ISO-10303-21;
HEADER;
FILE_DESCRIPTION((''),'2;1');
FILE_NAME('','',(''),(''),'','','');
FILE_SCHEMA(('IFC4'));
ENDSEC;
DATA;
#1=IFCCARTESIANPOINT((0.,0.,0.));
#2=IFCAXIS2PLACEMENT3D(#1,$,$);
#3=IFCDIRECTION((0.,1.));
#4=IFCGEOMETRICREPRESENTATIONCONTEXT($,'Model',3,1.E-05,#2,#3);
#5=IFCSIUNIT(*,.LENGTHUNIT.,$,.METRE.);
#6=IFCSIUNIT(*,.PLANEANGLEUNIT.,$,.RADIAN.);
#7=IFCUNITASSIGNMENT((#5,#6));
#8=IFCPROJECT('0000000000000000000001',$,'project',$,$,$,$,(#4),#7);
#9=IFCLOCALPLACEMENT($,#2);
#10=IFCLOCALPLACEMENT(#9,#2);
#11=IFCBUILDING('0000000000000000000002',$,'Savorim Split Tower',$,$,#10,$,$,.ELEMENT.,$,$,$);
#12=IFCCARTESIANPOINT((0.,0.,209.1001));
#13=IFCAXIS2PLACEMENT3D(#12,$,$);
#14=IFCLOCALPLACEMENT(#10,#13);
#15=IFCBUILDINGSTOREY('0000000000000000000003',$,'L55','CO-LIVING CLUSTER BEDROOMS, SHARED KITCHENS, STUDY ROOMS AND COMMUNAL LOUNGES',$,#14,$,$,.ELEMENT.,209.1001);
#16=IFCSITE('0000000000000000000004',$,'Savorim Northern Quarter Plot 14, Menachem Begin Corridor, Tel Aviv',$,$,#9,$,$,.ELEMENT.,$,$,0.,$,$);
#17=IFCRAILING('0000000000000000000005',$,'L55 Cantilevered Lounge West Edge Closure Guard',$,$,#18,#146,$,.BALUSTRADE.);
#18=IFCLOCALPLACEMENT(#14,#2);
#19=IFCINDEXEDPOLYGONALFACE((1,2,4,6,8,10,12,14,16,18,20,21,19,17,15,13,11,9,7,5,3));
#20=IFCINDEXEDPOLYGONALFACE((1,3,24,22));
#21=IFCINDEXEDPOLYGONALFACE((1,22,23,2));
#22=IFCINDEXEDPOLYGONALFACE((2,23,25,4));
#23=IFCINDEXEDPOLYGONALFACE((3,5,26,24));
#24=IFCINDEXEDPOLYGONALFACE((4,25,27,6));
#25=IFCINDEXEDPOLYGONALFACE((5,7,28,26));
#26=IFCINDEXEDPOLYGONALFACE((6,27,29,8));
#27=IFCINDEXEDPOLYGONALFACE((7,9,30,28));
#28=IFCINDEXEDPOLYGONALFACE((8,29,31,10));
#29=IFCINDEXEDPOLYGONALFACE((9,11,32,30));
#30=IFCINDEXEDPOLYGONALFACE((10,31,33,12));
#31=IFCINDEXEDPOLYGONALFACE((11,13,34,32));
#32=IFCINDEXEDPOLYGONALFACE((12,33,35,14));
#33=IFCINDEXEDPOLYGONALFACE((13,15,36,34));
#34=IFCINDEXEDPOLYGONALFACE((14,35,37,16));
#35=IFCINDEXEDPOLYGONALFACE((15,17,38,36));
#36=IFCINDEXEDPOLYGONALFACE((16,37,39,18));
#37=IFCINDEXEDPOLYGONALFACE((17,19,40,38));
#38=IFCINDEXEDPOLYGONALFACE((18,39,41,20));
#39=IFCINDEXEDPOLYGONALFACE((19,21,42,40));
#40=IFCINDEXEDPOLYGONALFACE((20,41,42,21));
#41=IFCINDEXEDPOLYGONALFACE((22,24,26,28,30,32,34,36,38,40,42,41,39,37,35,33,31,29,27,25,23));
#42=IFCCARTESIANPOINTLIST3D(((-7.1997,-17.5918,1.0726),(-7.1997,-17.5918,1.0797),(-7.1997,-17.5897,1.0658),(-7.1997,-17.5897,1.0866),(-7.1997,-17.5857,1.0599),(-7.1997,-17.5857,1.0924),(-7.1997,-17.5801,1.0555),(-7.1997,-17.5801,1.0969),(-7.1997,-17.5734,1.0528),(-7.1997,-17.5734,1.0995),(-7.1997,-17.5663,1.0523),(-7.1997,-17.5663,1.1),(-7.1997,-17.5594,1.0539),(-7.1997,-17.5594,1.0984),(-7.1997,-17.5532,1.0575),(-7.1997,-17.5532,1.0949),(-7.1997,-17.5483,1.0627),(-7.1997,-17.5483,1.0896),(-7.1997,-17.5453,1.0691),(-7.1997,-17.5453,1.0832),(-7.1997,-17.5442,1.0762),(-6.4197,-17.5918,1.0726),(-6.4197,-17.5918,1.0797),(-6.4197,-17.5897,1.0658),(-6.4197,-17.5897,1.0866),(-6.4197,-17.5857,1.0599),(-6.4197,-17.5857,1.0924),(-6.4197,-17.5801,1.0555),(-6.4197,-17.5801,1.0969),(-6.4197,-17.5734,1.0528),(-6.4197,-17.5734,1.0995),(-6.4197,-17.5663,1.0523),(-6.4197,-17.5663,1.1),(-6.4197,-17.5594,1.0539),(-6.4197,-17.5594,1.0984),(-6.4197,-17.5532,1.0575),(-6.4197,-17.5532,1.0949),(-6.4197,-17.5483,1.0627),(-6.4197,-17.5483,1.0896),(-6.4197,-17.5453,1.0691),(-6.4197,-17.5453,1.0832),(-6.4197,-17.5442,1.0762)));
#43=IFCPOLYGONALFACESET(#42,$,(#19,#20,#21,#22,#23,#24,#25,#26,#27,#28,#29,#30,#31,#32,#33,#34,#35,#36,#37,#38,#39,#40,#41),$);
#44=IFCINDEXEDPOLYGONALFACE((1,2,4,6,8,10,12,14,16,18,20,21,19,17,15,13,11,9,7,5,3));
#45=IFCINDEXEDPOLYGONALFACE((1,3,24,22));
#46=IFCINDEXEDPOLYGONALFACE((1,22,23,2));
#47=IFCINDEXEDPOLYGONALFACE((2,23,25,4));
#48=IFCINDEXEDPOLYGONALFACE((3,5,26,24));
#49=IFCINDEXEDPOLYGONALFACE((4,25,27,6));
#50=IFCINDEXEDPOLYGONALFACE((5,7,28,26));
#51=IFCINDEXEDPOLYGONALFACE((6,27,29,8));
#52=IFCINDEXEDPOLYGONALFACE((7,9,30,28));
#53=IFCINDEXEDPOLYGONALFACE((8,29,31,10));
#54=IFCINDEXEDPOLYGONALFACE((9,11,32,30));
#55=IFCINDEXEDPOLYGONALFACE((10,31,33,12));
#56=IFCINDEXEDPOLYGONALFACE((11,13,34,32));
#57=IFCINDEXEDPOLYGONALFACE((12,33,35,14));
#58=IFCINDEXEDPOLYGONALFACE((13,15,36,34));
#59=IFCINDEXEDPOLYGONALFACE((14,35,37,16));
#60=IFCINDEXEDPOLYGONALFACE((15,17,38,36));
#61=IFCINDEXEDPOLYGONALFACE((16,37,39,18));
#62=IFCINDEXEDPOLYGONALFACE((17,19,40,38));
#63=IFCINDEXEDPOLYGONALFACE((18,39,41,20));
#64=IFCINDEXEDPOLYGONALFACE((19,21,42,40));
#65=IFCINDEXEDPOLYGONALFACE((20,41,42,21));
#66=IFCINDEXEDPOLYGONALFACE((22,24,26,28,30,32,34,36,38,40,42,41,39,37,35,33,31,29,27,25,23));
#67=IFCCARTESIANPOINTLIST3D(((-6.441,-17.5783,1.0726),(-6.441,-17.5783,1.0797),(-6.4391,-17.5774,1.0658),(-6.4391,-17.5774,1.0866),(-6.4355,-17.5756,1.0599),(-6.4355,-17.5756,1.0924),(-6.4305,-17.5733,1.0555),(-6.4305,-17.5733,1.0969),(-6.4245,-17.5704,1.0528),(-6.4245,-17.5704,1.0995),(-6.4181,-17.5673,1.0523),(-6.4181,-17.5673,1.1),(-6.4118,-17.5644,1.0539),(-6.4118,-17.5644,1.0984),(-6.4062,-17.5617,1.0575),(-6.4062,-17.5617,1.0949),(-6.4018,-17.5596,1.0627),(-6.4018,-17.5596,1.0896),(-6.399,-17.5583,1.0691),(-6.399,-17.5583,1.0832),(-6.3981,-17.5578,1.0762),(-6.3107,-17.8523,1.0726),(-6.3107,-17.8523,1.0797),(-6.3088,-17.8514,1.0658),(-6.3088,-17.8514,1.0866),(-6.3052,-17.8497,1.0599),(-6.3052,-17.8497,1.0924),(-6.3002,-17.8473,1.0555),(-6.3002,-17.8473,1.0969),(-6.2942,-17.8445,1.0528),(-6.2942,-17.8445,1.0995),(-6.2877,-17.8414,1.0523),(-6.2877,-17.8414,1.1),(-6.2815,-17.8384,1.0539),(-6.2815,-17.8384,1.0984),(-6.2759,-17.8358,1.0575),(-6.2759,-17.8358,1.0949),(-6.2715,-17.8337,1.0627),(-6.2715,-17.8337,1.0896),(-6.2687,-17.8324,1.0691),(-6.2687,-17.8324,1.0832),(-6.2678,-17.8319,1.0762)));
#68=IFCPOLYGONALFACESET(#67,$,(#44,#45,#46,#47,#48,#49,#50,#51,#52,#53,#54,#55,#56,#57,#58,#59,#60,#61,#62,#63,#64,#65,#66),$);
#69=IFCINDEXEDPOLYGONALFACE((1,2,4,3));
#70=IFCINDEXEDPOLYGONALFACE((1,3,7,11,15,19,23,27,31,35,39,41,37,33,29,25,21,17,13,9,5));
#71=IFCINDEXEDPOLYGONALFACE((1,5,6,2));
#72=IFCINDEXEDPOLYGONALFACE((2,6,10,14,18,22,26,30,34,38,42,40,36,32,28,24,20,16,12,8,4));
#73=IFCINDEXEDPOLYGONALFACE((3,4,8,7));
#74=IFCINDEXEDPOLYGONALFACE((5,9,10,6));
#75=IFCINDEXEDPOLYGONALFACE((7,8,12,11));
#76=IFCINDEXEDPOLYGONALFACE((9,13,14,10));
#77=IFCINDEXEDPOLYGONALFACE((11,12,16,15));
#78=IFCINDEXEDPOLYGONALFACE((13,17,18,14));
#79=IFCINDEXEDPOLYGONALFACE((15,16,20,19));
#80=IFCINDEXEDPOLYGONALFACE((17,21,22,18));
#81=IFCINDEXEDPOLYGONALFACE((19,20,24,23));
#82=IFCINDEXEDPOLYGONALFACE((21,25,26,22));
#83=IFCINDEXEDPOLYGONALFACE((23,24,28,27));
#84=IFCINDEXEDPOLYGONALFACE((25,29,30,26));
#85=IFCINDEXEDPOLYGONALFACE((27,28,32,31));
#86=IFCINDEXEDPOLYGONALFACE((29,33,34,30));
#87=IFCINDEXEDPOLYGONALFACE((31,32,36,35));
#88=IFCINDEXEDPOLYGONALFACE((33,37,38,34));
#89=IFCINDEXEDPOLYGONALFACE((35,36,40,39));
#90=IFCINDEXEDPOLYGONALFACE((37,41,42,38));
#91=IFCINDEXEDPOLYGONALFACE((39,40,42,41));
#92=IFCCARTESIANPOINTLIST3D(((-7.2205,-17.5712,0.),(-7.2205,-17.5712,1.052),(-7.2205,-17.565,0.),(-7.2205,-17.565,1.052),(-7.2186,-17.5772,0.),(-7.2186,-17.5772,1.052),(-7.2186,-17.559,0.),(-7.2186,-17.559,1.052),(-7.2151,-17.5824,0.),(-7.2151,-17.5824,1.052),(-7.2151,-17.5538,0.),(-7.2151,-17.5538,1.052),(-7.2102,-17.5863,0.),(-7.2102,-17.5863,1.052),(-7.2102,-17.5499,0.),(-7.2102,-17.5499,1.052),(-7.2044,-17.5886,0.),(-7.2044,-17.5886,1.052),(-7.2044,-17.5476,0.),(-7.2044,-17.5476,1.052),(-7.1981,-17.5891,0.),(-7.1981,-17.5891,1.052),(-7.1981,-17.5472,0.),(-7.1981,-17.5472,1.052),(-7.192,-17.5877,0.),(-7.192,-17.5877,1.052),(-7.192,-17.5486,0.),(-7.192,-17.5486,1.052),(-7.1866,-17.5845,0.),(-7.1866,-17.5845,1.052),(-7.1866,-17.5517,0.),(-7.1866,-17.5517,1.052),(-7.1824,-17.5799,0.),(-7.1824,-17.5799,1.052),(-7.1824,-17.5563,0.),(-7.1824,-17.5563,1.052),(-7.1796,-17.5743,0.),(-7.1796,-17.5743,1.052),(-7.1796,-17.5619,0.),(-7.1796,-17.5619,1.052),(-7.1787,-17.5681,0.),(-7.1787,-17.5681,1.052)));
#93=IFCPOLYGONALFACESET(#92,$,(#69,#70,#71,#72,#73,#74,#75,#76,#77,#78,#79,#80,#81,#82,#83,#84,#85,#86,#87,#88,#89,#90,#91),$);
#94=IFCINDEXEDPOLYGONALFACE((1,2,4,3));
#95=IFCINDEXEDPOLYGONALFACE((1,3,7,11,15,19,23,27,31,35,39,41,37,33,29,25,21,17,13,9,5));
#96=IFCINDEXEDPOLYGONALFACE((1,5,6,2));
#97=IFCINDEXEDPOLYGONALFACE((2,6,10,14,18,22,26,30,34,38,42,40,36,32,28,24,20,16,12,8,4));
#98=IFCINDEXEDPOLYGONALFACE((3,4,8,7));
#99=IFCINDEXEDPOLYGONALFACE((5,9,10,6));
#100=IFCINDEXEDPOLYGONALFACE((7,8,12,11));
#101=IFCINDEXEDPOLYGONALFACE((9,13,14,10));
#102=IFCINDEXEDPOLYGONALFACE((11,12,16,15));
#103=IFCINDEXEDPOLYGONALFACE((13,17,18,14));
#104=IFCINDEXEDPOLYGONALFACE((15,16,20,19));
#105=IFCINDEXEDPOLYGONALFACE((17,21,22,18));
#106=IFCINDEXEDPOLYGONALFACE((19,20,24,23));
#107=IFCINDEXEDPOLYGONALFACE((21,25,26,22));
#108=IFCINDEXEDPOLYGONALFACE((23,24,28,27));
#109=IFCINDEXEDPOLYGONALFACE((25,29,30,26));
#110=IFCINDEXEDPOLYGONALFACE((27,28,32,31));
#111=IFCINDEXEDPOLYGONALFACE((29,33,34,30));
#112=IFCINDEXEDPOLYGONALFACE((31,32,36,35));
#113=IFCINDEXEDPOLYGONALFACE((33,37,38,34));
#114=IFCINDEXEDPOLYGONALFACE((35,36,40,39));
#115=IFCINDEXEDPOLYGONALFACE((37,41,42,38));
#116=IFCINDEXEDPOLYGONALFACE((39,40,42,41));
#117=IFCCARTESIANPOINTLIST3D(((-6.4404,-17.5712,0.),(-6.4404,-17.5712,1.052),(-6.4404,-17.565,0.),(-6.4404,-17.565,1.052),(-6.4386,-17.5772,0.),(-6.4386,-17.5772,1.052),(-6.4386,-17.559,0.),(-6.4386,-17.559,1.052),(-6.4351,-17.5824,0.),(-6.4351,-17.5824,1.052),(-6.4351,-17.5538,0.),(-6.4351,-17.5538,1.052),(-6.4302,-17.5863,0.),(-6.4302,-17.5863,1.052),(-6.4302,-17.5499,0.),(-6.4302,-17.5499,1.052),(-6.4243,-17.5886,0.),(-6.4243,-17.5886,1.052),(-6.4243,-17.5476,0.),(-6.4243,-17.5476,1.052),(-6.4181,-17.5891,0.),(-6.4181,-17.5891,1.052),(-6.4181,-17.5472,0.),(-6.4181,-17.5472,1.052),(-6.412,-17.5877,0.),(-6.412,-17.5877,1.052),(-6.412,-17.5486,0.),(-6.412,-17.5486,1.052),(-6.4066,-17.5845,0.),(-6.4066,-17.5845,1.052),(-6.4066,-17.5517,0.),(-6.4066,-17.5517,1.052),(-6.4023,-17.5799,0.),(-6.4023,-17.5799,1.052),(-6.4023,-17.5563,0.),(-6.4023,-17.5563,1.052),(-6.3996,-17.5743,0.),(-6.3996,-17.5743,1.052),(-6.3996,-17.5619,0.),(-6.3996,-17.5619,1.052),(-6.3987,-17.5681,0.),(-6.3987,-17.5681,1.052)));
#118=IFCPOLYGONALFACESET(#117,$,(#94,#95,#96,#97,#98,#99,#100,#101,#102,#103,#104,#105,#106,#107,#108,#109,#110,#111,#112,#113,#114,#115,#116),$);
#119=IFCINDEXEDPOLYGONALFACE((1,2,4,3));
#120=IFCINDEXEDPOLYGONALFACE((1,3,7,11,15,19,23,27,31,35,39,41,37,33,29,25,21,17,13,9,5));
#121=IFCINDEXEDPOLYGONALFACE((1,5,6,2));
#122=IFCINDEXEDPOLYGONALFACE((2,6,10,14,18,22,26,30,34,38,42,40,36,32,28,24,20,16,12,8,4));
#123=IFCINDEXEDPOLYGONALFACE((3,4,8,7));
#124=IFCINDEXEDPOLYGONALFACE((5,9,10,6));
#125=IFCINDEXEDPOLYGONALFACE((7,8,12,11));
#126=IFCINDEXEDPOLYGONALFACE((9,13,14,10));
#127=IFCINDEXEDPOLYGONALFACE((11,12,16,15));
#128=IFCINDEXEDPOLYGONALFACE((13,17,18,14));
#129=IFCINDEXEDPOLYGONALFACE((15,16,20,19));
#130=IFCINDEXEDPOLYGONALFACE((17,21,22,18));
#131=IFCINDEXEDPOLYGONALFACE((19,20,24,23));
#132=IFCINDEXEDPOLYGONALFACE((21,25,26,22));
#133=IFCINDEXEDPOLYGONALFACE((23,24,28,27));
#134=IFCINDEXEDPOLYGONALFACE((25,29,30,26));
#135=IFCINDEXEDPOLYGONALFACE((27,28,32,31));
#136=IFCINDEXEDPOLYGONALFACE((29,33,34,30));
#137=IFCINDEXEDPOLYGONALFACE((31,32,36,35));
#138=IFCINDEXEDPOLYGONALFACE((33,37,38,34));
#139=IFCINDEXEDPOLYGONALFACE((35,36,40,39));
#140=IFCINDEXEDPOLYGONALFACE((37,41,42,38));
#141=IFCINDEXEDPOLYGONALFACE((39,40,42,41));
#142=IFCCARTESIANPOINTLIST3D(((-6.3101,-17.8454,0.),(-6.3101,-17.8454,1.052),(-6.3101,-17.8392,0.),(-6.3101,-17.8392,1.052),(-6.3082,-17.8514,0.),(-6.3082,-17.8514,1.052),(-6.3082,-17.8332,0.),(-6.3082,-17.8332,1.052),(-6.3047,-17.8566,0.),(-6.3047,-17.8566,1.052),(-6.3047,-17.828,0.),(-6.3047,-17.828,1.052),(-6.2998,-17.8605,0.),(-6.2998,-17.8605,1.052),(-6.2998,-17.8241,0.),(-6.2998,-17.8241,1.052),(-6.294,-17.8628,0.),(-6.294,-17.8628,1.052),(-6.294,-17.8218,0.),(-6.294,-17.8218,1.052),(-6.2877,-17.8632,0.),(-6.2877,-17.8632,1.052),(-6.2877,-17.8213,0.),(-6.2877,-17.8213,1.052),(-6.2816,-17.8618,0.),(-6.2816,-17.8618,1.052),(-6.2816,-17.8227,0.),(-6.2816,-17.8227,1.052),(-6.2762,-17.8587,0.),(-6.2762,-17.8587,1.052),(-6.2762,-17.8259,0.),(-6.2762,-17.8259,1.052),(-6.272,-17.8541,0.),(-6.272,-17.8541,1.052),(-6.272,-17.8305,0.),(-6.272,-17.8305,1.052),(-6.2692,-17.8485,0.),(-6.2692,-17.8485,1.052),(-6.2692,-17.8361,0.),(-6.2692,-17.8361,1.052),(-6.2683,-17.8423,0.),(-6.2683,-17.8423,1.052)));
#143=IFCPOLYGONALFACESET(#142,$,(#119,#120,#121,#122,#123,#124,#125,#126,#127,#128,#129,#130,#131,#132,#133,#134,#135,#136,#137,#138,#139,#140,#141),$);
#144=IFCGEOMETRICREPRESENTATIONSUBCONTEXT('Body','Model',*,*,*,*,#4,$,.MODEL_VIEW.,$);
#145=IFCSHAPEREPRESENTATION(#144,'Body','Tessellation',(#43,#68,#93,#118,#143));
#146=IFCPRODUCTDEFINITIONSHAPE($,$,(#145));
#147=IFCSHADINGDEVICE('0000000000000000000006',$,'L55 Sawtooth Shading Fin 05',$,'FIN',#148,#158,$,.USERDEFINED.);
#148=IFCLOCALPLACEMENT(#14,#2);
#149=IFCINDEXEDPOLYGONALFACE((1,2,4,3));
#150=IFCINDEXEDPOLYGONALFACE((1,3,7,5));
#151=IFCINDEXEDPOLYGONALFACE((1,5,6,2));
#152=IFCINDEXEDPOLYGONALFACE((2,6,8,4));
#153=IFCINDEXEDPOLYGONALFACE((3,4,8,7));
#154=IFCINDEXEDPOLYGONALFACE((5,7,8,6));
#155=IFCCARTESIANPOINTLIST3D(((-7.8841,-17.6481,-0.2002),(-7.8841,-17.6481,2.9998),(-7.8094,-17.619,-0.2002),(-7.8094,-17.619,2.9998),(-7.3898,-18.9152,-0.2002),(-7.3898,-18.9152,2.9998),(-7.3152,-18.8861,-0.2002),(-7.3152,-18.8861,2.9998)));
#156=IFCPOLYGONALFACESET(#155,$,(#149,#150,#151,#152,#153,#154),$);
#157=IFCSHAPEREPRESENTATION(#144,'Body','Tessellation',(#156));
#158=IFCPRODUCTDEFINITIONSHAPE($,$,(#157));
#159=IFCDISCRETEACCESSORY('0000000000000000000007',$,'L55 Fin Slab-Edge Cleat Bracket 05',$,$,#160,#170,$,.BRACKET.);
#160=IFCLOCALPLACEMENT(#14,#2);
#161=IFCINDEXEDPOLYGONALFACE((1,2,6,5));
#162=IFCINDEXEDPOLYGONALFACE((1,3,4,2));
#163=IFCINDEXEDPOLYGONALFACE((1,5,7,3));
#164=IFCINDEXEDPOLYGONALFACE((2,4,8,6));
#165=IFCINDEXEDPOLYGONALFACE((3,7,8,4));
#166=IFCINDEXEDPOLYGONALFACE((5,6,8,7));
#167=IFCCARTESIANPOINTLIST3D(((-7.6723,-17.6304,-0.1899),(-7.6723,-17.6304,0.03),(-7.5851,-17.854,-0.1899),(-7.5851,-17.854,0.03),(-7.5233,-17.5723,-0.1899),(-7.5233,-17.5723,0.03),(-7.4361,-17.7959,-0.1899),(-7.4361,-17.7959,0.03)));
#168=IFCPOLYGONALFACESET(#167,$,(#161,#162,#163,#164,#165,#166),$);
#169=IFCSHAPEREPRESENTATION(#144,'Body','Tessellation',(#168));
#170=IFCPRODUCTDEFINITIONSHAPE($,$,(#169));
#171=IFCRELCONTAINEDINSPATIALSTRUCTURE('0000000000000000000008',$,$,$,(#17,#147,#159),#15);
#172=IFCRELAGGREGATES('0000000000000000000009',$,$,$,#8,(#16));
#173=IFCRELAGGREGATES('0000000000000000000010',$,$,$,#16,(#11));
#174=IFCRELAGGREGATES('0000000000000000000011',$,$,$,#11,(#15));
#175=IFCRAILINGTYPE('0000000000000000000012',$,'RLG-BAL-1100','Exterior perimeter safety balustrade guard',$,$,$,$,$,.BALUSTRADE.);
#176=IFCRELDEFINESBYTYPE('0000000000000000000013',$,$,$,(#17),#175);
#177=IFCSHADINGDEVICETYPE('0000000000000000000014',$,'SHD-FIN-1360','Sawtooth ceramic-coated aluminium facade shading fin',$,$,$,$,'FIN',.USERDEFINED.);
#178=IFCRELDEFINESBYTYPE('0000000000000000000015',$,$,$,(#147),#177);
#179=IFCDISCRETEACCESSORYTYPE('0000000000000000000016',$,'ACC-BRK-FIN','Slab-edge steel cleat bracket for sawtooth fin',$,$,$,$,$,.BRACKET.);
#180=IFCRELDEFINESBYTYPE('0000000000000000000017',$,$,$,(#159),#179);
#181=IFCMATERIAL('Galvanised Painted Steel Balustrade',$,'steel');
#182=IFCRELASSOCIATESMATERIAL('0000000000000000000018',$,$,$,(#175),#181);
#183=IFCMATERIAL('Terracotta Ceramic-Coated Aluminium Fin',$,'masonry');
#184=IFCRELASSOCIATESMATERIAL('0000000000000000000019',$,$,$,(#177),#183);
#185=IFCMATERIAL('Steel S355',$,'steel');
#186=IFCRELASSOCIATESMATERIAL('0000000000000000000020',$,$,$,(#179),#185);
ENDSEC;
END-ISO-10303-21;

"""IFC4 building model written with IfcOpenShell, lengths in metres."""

from ifc_helpers import new_model, si_unit, direction, frame, origin, origin_2d, place, context, subcontext, project, spatial, rectangle, circle, extrude, material, type_object, element, save


model = new_model("IFC4")

# Units and contexts
model_context = context("Model", 3, precision=1e-05, world=origin(), true_north=direction((0.0, 1.0)))
body_context = subcontext(model_context, "Body", "Model", "MODEL_VIEW")
ifc_project = project(units=[si_unit("LENGTHUNIT", "METRE"), si_unit("PLANEANGLEUNIT", "RADIAN")], contexts=[model_context])

# Site, building, storey
site_placement = place(None, origin())
site = spatial("IfcSite", under=ifc_project, at=site_placement, Name="Savorim Northern Quarter Plot 14, Menachem Begin Corridor, Tel Aviv", CompositionType="ELEMENT", RefElevation=0.0)
building_placement = place(site_placement, origin())
building = spatial("IfcBuilding", under=site, at=building_placement, Name="Savorim Split Tower", CompositionType="ELEMENT")
storey_placement = place(building_placement, frame((0.0, 0.0, 209.1001)))
storey = spatial("IfcBuildingStorey", under=building, at=storey_placement, Name="L55", Description="CO-LIVING CLUSTER BEDROOMS, SHARED KITCHENS, STUDY ROOMS AND COMMUNAL LOUNGES", CompositionType="ELEMENT", Elevation=209.1001)

# Shared definitions
ifc_material_1 = material(Name="Steel S355", Category="steel")

# Railing
ifc_material_2 = material(Name="Galvanised Painted Steel Balustrade", Category="steel")
railing_type = type_object("IfcRailingType", Name="RLG-BAL-1100", Description="Exterior perimeter safety balustrade guard", PredefinedType="BALUSTRADE", material=ifc_material_2)
railing_placement = place(storey_placement, frame((-7.1997, -17.5681, 0.0)))
element("IfcRailing", 1, at=railing_placement, inside=storey, type_object=railing_type, Name="L55 Cantilevered Lounge West Edge Closure Guard", PredefinedType="BALUSTRADE", context=body_context, shape_type="SweptSolid", body=[
    extrude(circle(Radius=0.0239, at=origin_2d()), frame((0.0, 0.0, 1.0762), z_axis=(1.0, 0.0, 0.0), x_axis=(0.0, 1.0, 0.0)), (0.0, 0.0, 1.0), 0.78),
    extrude(circle(Radius=0.0239, at=origin_2d()), frame((0.78, 0.0, 1.0762), z_axis=(0.429434, -0.903098, 0.0), x_axis=(0.903098, 0.429434, 0.0)), (0.0, 0.0, 1.0), 0.3035),
    extrude(circle(Radius=0.021, at=origin_2d()), origin(), (0.0, 0.0, 1.0), 1.052),
    extrude(circle(Radius=0.021, at=origin_2d()), frame((0.78, 0.0, 0.0)), (0.0, 0.0, 1.0), 1.052),
    extrude(circle(Radius=0.021, at=origin_2d()), frame((0.9104, -0.2742, 0.0)), (0.0, 0.0, 1.0), 1.052),
])

# Shading device
ifc_material_3 = material(Name="Terracotta Ceramic-Coated Aluminium Fin", Category="masonry")
shading_device_type = type_object("IfcShadingDeviceType", Name="SHD-FIN-1360", Description="Sawtooth ceramic-coated aluminium facade shading fin", ElementType="FIN", PredefinedType="USERDEFINED", material=ifc_material_3)
shading_device_placement = place(storey_placement, frame((-7.5996, -18.2671, -0.2002), z_axis=(0.0, 0.0, 1.0), x_axis=(0.363415, -0.931627, 0.0)))
element("IfcShadingDevice", 2, at=shading_device_placement, inside=storey, type_object=shading_device_type, Name="L55 Sawtooth Shading Fin 05", ObjectType="FIN", PredefinedType="USERDEFINED", context=body_context, shape_type="SweptSolid", body=[
    extrude(rectangle(XDim=1.3601, YDim=0.0801, at=origin_2d()), origin(), (0.0, 0.0, 1.0), 3.2),
])

# Discrete accessory
discrete_accessory_type = type_object("IfcDiscreteAccessoryType", Name="ACC-BRK-FIN", Description="Slab-edge steel cleat bracket for sawtooth fin", PredefinedType="BRACKET", material=ifc_material_1)
discrete_accessory_placement = place(storey_placement, frame((-7.5542, -17.7131, -0.1899), z_axis=(0.0, 0.0, 1.0), x_axis=(0.363415, -0.931627, 0.0)))
element("IfcDiscreteAccessory", 3, at=discrete_accessory_placement, inside=storey, type_object=discrete_accessory_type, Name="L55 Fin Slab-Edge Cleat Bracket 05", PredefinedType="BRACKET", context=body_context, shape_type="SweptSolid", body=[
    extrude(rectangle(XDim=0.24, YDim=0.1599, at=origin_2d()), origin(), (0.0, 0.0, 1.0), 0.22),
])

save(model, "model.ifc")
